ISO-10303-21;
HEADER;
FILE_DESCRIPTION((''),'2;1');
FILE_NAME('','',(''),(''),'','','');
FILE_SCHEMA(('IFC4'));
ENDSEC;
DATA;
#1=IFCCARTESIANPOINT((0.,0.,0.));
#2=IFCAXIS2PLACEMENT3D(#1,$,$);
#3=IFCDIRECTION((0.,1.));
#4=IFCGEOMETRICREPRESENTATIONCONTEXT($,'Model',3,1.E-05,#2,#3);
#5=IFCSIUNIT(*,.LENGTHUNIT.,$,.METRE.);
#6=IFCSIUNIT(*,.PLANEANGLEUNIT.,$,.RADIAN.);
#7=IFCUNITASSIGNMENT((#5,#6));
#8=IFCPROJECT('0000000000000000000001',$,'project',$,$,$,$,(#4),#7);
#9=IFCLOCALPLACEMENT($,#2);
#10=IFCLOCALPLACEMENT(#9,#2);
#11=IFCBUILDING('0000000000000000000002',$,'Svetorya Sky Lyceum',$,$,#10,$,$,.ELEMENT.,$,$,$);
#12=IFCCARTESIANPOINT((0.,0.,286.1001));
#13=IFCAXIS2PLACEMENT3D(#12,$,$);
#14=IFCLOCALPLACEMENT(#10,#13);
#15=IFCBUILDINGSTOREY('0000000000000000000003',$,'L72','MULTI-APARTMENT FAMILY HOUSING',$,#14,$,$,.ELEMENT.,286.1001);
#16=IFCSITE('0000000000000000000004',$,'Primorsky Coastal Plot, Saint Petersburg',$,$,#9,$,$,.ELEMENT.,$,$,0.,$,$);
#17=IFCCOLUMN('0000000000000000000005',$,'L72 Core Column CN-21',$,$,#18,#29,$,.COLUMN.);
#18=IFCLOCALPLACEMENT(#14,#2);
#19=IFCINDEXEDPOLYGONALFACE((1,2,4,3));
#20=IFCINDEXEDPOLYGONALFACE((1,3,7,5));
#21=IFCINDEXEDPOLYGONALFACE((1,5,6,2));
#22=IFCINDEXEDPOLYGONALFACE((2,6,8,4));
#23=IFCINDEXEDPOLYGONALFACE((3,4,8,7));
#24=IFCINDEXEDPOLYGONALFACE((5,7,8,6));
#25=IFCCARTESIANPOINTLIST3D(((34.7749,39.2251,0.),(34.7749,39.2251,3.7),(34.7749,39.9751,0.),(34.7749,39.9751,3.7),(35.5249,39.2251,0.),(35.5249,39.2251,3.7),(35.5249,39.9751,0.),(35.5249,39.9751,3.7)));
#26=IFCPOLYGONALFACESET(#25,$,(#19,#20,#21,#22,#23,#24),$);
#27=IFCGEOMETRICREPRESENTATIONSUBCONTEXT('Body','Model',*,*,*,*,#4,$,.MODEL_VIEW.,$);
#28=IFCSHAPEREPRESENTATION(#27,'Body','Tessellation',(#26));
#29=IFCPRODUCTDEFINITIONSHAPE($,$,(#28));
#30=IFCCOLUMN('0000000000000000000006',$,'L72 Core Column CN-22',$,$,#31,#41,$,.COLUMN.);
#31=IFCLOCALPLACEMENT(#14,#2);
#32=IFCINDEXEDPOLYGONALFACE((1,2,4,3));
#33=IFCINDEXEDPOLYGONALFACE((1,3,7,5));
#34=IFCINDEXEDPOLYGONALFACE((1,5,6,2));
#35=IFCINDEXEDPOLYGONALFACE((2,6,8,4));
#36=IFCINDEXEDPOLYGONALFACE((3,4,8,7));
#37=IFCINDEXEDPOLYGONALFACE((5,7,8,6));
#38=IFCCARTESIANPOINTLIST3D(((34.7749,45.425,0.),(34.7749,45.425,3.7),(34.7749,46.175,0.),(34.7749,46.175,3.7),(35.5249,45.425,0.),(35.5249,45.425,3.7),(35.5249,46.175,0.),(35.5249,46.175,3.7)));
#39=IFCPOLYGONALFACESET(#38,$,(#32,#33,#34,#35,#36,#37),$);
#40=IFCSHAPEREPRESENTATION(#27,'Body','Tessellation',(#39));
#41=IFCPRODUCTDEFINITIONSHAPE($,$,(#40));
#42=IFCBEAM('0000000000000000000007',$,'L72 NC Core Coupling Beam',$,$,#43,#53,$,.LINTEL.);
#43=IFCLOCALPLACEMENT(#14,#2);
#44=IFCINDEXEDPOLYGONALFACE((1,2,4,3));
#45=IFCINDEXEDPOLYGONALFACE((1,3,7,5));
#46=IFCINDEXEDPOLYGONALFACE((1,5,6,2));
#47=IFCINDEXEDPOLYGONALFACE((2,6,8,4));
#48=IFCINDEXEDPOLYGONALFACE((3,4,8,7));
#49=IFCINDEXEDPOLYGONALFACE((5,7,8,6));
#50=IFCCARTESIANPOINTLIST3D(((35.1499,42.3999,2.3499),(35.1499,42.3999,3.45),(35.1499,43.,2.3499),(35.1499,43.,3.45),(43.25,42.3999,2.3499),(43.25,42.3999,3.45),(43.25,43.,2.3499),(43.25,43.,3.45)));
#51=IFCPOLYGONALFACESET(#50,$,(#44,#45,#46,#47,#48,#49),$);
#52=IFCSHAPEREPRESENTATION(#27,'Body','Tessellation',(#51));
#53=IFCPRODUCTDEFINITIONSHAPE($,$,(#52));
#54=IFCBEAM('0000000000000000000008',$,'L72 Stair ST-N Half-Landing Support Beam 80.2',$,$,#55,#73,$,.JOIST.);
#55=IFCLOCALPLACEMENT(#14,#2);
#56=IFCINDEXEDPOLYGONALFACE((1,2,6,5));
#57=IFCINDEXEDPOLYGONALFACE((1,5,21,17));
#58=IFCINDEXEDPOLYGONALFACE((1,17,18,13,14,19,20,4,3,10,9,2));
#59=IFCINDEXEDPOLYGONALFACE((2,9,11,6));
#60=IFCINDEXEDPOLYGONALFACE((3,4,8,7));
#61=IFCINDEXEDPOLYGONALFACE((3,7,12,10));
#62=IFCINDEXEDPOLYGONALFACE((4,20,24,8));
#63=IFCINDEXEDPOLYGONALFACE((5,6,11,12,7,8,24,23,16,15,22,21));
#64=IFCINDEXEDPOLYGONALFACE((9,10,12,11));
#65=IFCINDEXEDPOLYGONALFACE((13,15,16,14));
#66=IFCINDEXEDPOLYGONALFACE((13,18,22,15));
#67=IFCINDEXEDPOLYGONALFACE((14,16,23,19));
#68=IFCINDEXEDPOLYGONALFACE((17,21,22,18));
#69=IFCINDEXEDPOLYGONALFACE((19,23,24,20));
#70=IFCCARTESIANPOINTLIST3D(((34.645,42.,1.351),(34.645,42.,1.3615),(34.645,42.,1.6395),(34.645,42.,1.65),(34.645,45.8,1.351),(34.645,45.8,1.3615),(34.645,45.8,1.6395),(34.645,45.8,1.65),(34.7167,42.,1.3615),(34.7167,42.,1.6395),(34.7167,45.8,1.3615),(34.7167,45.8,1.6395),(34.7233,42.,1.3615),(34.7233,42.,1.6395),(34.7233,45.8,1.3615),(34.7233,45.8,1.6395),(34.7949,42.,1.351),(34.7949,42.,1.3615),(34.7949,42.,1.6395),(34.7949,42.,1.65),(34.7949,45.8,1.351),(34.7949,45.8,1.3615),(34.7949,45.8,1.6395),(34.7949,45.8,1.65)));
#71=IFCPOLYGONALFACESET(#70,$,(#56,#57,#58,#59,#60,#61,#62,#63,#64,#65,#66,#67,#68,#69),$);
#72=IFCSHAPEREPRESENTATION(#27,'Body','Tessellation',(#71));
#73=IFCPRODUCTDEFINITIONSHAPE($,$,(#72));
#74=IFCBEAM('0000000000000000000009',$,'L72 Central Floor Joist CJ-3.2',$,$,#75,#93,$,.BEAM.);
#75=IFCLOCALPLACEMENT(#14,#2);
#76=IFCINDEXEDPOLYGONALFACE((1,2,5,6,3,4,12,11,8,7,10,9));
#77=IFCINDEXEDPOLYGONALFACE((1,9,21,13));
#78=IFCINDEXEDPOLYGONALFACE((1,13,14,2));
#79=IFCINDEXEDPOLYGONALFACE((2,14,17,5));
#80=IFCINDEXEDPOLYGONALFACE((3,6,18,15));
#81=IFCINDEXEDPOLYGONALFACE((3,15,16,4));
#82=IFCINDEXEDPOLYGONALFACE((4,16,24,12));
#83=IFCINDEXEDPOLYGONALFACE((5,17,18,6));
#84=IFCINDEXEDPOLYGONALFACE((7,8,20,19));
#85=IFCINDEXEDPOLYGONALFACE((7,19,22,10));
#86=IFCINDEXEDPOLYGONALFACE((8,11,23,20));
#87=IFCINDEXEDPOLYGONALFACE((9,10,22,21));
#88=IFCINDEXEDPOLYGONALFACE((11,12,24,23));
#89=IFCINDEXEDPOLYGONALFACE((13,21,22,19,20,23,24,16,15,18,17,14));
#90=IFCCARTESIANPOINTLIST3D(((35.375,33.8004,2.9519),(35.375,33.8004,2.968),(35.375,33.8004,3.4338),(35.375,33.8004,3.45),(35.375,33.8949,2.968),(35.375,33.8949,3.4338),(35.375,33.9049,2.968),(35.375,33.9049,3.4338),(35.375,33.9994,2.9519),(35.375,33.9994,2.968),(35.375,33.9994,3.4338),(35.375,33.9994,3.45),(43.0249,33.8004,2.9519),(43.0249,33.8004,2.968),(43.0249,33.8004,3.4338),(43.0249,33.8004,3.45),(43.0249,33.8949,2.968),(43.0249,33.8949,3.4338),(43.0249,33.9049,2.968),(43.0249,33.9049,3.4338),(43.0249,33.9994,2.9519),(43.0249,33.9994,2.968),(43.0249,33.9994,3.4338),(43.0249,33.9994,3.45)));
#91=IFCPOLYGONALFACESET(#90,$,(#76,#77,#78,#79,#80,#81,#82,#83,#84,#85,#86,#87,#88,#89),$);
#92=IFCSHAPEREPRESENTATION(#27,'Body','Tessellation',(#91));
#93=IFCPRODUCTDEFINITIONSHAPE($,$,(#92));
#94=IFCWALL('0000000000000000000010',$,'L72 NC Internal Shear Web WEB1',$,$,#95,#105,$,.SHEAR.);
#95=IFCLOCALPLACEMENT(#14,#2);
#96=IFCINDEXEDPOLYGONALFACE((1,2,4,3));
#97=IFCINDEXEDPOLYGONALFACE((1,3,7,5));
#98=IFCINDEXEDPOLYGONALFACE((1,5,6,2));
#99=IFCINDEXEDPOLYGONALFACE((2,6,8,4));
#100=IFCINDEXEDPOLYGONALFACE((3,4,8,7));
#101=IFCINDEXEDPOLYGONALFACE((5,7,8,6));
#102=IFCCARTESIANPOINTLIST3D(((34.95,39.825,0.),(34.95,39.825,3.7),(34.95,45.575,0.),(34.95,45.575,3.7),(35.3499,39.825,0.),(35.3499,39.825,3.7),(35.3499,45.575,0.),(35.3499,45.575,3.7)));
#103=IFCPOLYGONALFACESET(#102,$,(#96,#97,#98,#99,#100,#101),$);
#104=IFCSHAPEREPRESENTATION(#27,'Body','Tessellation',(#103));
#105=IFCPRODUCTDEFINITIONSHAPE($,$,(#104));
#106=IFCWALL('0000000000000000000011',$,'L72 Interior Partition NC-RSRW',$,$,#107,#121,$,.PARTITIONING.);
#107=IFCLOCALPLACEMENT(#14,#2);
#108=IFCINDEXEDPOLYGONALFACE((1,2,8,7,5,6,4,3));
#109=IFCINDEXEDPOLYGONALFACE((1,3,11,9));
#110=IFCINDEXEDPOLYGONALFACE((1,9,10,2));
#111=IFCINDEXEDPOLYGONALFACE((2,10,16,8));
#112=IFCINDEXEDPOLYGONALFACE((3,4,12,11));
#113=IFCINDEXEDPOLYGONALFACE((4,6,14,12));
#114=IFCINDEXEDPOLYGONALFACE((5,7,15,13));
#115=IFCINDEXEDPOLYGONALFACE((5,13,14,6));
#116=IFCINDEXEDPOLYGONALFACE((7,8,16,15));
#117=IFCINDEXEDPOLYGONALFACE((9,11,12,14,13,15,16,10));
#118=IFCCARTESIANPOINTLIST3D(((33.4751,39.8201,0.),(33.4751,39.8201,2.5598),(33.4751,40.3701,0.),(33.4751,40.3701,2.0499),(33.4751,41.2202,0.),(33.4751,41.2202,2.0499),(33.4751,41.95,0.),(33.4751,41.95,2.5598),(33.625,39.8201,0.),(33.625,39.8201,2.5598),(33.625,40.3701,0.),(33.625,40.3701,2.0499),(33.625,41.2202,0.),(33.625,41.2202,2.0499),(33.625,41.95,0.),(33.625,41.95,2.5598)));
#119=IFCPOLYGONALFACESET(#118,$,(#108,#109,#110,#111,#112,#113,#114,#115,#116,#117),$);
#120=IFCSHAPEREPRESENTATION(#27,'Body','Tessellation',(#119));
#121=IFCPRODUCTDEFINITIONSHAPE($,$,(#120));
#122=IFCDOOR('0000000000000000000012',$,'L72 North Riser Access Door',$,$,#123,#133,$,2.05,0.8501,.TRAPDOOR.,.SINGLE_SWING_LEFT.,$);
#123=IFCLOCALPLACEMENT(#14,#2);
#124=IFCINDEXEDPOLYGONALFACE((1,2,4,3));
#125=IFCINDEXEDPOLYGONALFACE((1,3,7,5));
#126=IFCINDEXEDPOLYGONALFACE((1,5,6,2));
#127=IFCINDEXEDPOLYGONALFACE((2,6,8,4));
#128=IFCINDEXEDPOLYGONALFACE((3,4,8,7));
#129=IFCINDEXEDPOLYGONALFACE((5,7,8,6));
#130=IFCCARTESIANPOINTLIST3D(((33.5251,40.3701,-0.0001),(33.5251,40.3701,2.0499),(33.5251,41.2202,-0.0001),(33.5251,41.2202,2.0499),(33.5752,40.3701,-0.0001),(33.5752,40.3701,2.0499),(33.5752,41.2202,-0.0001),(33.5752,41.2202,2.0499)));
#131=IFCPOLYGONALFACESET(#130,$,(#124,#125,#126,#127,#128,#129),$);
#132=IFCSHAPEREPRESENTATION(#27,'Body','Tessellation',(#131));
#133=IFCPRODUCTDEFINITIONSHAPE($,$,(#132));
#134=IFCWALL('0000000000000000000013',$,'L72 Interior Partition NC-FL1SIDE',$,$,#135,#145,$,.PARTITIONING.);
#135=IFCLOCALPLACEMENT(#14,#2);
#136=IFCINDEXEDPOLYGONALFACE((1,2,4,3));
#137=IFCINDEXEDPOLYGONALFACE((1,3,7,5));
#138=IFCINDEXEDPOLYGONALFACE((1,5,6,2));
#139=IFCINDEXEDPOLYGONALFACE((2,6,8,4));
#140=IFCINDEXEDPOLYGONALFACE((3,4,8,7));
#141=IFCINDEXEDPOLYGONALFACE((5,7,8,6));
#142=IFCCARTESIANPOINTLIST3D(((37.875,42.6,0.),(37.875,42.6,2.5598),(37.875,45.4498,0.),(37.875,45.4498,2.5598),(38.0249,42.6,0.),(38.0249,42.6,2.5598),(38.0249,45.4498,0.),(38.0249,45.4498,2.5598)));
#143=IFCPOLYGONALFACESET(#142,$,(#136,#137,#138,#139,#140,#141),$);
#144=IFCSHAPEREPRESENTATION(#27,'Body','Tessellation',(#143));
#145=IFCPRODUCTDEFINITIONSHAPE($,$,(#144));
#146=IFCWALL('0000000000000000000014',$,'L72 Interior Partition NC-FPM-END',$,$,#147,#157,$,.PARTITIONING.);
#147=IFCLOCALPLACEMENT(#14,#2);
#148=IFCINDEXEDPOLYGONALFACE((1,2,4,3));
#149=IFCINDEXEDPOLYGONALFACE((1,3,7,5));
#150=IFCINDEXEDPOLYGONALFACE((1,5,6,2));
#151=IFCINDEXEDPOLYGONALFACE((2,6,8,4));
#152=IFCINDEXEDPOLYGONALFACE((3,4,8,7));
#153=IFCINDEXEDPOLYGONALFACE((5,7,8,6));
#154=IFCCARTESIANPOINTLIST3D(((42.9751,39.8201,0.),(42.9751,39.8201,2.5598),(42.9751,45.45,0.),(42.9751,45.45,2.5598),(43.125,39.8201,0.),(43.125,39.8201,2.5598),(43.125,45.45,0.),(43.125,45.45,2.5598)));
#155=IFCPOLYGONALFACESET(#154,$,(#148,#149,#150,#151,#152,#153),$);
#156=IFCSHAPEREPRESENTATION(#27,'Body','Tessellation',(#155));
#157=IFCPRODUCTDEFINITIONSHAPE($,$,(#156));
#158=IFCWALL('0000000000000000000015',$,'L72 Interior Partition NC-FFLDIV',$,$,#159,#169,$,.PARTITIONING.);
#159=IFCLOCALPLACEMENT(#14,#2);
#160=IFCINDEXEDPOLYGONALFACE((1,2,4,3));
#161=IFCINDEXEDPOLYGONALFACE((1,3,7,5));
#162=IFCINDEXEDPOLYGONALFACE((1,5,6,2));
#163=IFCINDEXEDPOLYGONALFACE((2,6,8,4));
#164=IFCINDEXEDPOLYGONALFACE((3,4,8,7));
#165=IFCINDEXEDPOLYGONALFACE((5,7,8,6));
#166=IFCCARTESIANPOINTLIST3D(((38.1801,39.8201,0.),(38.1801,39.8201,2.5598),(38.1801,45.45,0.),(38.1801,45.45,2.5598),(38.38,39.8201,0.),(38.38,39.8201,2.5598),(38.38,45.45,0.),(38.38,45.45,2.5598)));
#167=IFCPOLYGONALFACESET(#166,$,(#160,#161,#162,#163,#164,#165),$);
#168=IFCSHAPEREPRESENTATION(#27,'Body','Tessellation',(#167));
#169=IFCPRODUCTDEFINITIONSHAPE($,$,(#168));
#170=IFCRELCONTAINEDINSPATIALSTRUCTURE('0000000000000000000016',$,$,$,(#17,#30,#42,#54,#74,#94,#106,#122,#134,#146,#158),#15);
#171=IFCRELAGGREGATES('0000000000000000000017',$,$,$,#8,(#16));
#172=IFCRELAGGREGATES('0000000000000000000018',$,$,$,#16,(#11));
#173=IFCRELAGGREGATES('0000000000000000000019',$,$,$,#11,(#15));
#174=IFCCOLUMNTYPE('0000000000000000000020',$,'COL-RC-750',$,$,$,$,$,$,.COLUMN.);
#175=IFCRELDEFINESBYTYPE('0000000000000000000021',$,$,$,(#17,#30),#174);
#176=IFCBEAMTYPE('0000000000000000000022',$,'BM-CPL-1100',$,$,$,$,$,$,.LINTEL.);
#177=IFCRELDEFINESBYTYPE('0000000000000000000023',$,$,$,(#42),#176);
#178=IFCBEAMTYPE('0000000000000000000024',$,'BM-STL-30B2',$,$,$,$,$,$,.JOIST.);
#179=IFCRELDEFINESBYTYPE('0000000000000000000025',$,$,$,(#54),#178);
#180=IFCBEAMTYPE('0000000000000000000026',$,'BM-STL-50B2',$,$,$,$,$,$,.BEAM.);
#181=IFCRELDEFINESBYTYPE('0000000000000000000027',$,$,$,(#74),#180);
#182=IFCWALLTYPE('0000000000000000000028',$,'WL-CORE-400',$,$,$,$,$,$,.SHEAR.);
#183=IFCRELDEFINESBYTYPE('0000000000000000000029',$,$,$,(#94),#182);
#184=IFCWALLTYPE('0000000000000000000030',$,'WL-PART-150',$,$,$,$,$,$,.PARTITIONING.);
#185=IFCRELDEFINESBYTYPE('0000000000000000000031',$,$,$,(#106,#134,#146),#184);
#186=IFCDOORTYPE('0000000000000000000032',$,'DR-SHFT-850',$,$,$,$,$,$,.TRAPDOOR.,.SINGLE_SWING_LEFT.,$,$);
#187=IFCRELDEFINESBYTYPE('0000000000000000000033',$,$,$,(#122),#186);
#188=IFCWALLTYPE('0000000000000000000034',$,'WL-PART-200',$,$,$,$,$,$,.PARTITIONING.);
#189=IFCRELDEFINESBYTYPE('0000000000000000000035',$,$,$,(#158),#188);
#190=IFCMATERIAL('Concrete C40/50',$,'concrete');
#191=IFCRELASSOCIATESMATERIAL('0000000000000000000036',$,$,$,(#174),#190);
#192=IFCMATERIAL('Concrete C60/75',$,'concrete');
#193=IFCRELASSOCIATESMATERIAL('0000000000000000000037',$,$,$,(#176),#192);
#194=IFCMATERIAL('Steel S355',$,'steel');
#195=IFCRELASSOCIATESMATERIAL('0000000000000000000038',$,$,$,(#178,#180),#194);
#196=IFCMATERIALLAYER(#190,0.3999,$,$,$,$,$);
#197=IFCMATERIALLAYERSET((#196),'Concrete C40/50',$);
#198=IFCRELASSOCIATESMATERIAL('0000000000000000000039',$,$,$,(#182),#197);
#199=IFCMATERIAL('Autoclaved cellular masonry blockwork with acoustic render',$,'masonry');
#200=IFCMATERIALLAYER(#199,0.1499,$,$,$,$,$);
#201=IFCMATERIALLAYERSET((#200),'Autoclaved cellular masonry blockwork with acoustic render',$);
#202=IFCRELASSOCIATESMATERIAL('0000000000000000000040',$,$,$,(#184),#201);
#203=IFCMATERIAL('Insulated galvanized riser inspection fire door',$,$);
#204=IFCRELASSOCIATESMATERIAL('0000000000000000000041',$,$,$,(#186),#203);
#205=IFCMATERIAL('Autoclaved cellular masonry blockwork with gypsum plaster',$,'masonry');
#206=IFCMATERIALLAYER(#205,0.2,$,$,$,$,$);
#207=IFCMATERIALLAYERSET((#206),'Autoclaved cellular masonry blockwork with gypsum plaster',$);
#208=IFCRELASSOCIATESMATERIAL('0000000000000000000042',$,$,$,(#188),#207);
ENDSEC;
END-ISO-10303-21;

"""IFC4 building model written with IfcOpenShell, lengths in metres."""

from ifc_helpers import new_model, si_unit, direction, frame, frame_2d, origin, origin_2d, place, context, subcontext, project, spatial, rectangle, i_section, extrude, material, layer, layer_set, material_profile, profile_set, type_object, element, fill, save


model = new_model("IFC4")

# Units and contexts
model_context = context("Model", 3, precision=1e-05, world=origin(), true_north=direction((0.0, 1.0)))
body_context = subcontext(model_context, "Body", "Model", "MODEL_VIEW")
ifc_project = project(units=[si_unit("LENGTHUNIT", "METRE"), si_unit("PLANEANGLEUNIT", "RADIAN")], contexts=[model_context])

# Site, building, storey
site_placement = place(None, origin())
site = spatial("IfcSite", under=ifc_project, at=site_placement, Name="Primorsky Coastal Plot, Saint Petersburg", CompositionType="ELEMENT", RefElevation=0.0)
building_placement = place(site_placement, origin())
building = spatial("IfcBuilding", under=site, at=building_placement, Name="Svetorya Sky Lyceum", CompositionType="ELEMENT")
storey_placement = place(building_placement, frame((0.0, 0.0, 286.1001)))
storey = spatial("IfcBuildingStorey", under=building, at=storey_placement, Name="L72", Description="MULTI-APARTMENT FAMILY HOUSING", CompositionType="ELEMENT", Elevation=286.1001)

# Columns
ifc_material_1 = material(Name="Concrete C40/50", Category="concrete")
ifc_material_profile_1 = material_profile(ifc_material_1, rectangle(XDim=0.75, YDim=0.75, at=origin_2d()), Name="RC COL 750x750")
ifc_profile_set_1 = profile_set([ifc_material_profile_1], Name="Concrete C40/50")
column_type = type_object("IfcColumnType", Name="COL-RC-750", PredefinedType="COLUMN", material=ifc_profile_set_1)
for number, where, z_axis, x_axis, name in (
    (1, (35.1499, 39.6001, 0.0), (0.0, 0.0, 1.0), (1.0, 0.0, 0.0), "L72 Core Column CN-21"),
    (2, (35.1499, 45.8, 0.0), (0.0, 0.0, 1.0), (1.0, 0.0, 0.0), "L72 Core Column CN-22"),
):
    element("IfcColumn", number, at=place(storey_placement, frame(where, z_axis=z_axis, x_axis=x_axis)), inside=storey, type_object=column_type, Name=name, PredefinedType="COLUMN", context=body_context, shape_type="SweptSolid", body=[
        extrude(rectangle(XDim=0.75, YDim=0.75, at=origin_2d()), origin(), (0.0, 0.0, 1.0), 3.7),
    ])

# Beams
ifc_material_2 = material(Name="Concrete C60/75", Category="concrete")
ifc_material_profile_2 = material_profile(ifc_material_2, rectangle(XDim=0.6001, YDim=1.1001, at=origin_2d()), Name="RC COUPLING 600x1100")
ifc_profile_set_2 = profile_set([ifc_material_profile_2], Name="Concrete C60/75")
beam_type_1 = type_object("IfcBeamType", Name="BM-CPL-1100", PredefinedType="LINTEL", material=ifc_profile_set_2)
beam_1_placement = place(storey_placement, frame((35.1499, 42.7, 2.8999), z_axis=(1.0, 0.0, 0.0), x_axis=(0.0, 1.0, 0.0)))
element("IfcBeam", 3, at=beam_1_placement, inside=storey, type_object=beam_type_1, Name="L72 NC Core Coupling Beam", PredefinedType="LINTEL", context=body_context, shape_type="SweptSolid", body=[
    extrude(rectangle(XDim=0.6001, YDim=1.1001, at=origin_2d()), origin(), (0.0, 0.0, 1.0), 8.1001),
])
ifc_material_3 = material(Name="Steel S355", Category="steel")
ifc_material_profile_3 = material_profile(ifc_material_3, i_section(OverallWidth=0.1499, OverallDepth=0.2991, WebThickness=0.0066, FlangeThickness=0.0105, at=origin_2d()), Name="GOST 30B2")
ifc_profile_set_3 = profile_set([ifc_material_profile_3], Name="Steel S355")
beam_type_2 = type_object("IfcBeamType", Name="BM-STL-30B2", PredefinedType="JOIST", material=ifc_profile_set_3)
beam_2_placement = place(storey_placement, frame((34.72, 42.0, 1.5005), z_axis=(0.0, 1.0, 0.0), x_axis=(-1.0, 0.0, 0.0)))
element("IfcBeam", 4, at=beam_2_placement, inside=storey, type_object=beam_type_2, Name="L72 Stair ST-N Half-Landing Support Beam 80.2", PredefinedType="JOIST", context=body_context, shape_type="SweptSolid", body=[
    extrude(i_section(OverallWidth=0.1499, OverallDepth=0.2991, WebThickness=0.0066, FlangeThickness=0.0105, at=origin_2d()), origin(), (0.0, 0.0, 1.0), 3.8),
])
ifc_material_profile_4 = material_profile(ifc_material_3, i_section(OverallWidth=0.199, OverallDepth=0.498, WebThickness=0.01, FlangeThickness=0.0161, at=origin_2d()), Name="GOST 50B2")
ifc_profile_set_4 = profile_set([ifc_material_profile_4], Name="Steel S355")
beam_type_3 = type_object("IfcBeamType", Name="BM-STL-50B2", PredefinedType="BEAM", material=ifc_profile_set_4)
beam_3_placement = place(storey_placement, frame((35.375, 33.8999, 3.2009), z_axis=(1.0, 0.0, 0.0), x_axis=(0.0, 1.0, 0.0)))
element("IfcBeam", 5, at=beam_3_placement, inside=storey, type_object=beam_type_3, Name="L72 Central Floor Joist CJ-3.2", PredefinedType="BEAM", context=body_context, shape_type="SweptSolid", body=[
    extrude(i_section(OverallWidth=0.199, OverallDepth=0.498, WebThickness=0.01, FlangeThickness=0.0161, at=origin_2d()), origin(), (0.0, 0.0, 1.0), 7.6499),
])

# Wall
ifc_layer_1 = layer(ifc_material_1, 0.3999)
ifc_layer_set_1 = layer_set([ifc_layer_1], Name="Concrete C40/50")
wall_type_1 = type_object("IfcWallType", Name="WL-CORE-400", PredefinedType="SHEAR", material=ifc_layer_set_1)
wall_1_placement = place(storey_placement, frame((35.1499, 39.825, 0.0), z_axis=(0.0, 0.0, 1.0), x_axis=(0.0, 1.0, 0.0)))
element("IfcWall", 6, at=wall_1_placement, inside=storey, type_object=wall_type_1, Name="L72 NC Internal Shear Web WEB1", PredefinedType="SHEAR", context=body_context, shape_type="SweptSolid", body=[
    extrude(rectangle(XDim=5.75, YDim=0.3999, at=frame_2d((2.875, 0.0))), origin(), (0.0, 0.0, 1.0), 3.7),
])

# Wall, opening, door
ifc_material_4 = material(Name="Autoclaved cellular masonry blockwork with acoustic render", Category="masonry")
ifc_layer_2 = layer(ifc_material_4, 0.1499)
ifc_layer_set_2 = layer_set([ifc_layer_2], Name="Autoclaved cellular masonry blockwork with acoustic render")
wall_type_2 = type_object("IfcWallType", Name="WL-PART-150", PredefinedType="PARTITIONING", material=ifc_layer_set_2)
wall_2_placement = place(storey_placement, frame((33.55, 39.8201, 0.0), z_axis=(0.0, 0.0, 1.0), x_axis=(0.0, 1.0, 0.0)))
wall_2 = element("IfcWall", 7, at=wall_2_placement, inside=storey, type_object=wall_type_2, Name="L72 Interior Partition NC-RSRW", PredefinedType="PARTITIONING", context=body_context, shape_type="SweptSolid", body=[
    extrude(rectangle(XDim=2.1299, YDim=0.1499, at=frame_2d((1.0649, 0.0))), origin(), (0.0, 0.0, 1.0), 2.5598),
])
opening_1_placement = place(wall_2_placement, frame((0.55, 0.0, 0.0)))
opening_1 = element("IfcOpeningElement", 8, at=opening_1_placement, cuts=wall_2, PredefinedType="OPENING", context=body_context, shape_type="SweptSolid", body=[
    extrude(rectangle(XDim=0.8501, YDim=2.05, at=frame_2d((0.425, 1.0249))), frame((0.0, 0.085, 0.0), z_axis=(0.0, -1.0, 0.0), x_axis=(1.0, 0.0, 0.0)), (0.0, 0.0, 1.0), 0.1699),
])
ifc_material_5 = material(Name="Insulated galvanized riser inspection fire door")
door_type_1 = type_object("IfcDoorType", Name="DR-SHFT-850", OperationType="SINGLE_SWING_LEFT", PredefinedType="TRAPDOOR", material=ifc_material_5)
door_1_placement = place(opening_1_placement, origin())
door_1 = element("IfcDoor", 9, at=door_1_placement, inside=storey, type_object=door_type_1, Name="L72 North Riser Access Door", OperationType="SINGLE_SWING_LEFT", OverallHeight=2.05, OverallWidth=0.8501, PredefinedType="TRAPDOOR", context=body_context, shape_type="SweptSolid", body=[
    extrude(rectangle(XDim=0.8501, YDim=2.05, at=frame_2d((0.425, 1.0249))), frame((0.0, 0.0249, 0.0), z_axis=(0.0, -1.0, 0.0), x_axis=(1.0, 0.0, 0.0)), (0.0, 0.0, 1.0), 0.05),
])
fill(opening_1, door_1)

# Walls
wall_3_placement = place(storey_placement, frame((37.95, 42.6001, 0.0), z_axis=(0.0, 0.0, 1.0), x_axis=(0.0, 1.0, 0.0)))
element("IfcWall", 10, at=wall_3_placement, inside=storey, type_object=wall_type_2, Name="L72 Interior Partition NC-FL1SIDE", PredefinedType="PARTITIONING", context=body_context, shape_type="SweptSolid", body=[
    extrude(rectangle(XDim=2.8499, YDim=0.1499, at=frame_2d((1.4248, 0.0))), origin(), (0.0, 0.0, 1.0), 2.5598),
])
wall_4_placement = place(storey_placement, frame((43.05, 39.8201, 0.0), z_axis=(0.0, 0.0, 1.0), x_axis=(0.0, 1.0, 0.0)))
element("IfcWall", 11, at=wall_4_placement, inside=storey, type_object=wall_type_2, Name="L72 Interior Partition NC-FPM-END", PredefinedType="PARTITIONING", context=body_context, shape_type="SweptSolid", body=[
    extrude(rectangle(XDim=5.6299, YDim=0.1499, at=frame_2d((2.8149, 0.0))), origin(), (0.0, 0.0, 1.0), 2.5598),
])

# Shared definitions
ifc_material_6 = material(Name="Autoclaved cellular masonry blockwork with gypsum plaster", Category="masonry")
ifc_layer_3 = layer(ifc_material_6, 0.2)
ifc_layer_set_3 = layer_set([ifc_layer_3], Name="Autoclaved cellular masonry blockwork with gypsum plaster")
wall_type_3 = type_object("IfcWallType", Name="WL-PART-200", PredefinedType="PARTITIONING", material=ifc_layer_set_3)

# Wall
wall_5_placement = place(storey_placement, frame((38.28, 39.8201, 0.0), z_axis=(0.0, 0.0, 1.0), x_axis=(0.0, 1.0, 0.0)))
element("IfcWall", 12, at=wall_5_placement, inside=storey, type_object=wall_type_3, Name="L72 Interior Partition NC-FFLDIV", PredefinedType="PARTITIONING", context=body_context, shape_type="SweptSolid", body=[
    extrude(rectangle(XDim=5.6299, YDim=0.2, at=frame_2d((2.8149, 0.0))), origin(), (0.0, 0.0, 1.0), 2.5598),
])

save(model, "model.ifc")
